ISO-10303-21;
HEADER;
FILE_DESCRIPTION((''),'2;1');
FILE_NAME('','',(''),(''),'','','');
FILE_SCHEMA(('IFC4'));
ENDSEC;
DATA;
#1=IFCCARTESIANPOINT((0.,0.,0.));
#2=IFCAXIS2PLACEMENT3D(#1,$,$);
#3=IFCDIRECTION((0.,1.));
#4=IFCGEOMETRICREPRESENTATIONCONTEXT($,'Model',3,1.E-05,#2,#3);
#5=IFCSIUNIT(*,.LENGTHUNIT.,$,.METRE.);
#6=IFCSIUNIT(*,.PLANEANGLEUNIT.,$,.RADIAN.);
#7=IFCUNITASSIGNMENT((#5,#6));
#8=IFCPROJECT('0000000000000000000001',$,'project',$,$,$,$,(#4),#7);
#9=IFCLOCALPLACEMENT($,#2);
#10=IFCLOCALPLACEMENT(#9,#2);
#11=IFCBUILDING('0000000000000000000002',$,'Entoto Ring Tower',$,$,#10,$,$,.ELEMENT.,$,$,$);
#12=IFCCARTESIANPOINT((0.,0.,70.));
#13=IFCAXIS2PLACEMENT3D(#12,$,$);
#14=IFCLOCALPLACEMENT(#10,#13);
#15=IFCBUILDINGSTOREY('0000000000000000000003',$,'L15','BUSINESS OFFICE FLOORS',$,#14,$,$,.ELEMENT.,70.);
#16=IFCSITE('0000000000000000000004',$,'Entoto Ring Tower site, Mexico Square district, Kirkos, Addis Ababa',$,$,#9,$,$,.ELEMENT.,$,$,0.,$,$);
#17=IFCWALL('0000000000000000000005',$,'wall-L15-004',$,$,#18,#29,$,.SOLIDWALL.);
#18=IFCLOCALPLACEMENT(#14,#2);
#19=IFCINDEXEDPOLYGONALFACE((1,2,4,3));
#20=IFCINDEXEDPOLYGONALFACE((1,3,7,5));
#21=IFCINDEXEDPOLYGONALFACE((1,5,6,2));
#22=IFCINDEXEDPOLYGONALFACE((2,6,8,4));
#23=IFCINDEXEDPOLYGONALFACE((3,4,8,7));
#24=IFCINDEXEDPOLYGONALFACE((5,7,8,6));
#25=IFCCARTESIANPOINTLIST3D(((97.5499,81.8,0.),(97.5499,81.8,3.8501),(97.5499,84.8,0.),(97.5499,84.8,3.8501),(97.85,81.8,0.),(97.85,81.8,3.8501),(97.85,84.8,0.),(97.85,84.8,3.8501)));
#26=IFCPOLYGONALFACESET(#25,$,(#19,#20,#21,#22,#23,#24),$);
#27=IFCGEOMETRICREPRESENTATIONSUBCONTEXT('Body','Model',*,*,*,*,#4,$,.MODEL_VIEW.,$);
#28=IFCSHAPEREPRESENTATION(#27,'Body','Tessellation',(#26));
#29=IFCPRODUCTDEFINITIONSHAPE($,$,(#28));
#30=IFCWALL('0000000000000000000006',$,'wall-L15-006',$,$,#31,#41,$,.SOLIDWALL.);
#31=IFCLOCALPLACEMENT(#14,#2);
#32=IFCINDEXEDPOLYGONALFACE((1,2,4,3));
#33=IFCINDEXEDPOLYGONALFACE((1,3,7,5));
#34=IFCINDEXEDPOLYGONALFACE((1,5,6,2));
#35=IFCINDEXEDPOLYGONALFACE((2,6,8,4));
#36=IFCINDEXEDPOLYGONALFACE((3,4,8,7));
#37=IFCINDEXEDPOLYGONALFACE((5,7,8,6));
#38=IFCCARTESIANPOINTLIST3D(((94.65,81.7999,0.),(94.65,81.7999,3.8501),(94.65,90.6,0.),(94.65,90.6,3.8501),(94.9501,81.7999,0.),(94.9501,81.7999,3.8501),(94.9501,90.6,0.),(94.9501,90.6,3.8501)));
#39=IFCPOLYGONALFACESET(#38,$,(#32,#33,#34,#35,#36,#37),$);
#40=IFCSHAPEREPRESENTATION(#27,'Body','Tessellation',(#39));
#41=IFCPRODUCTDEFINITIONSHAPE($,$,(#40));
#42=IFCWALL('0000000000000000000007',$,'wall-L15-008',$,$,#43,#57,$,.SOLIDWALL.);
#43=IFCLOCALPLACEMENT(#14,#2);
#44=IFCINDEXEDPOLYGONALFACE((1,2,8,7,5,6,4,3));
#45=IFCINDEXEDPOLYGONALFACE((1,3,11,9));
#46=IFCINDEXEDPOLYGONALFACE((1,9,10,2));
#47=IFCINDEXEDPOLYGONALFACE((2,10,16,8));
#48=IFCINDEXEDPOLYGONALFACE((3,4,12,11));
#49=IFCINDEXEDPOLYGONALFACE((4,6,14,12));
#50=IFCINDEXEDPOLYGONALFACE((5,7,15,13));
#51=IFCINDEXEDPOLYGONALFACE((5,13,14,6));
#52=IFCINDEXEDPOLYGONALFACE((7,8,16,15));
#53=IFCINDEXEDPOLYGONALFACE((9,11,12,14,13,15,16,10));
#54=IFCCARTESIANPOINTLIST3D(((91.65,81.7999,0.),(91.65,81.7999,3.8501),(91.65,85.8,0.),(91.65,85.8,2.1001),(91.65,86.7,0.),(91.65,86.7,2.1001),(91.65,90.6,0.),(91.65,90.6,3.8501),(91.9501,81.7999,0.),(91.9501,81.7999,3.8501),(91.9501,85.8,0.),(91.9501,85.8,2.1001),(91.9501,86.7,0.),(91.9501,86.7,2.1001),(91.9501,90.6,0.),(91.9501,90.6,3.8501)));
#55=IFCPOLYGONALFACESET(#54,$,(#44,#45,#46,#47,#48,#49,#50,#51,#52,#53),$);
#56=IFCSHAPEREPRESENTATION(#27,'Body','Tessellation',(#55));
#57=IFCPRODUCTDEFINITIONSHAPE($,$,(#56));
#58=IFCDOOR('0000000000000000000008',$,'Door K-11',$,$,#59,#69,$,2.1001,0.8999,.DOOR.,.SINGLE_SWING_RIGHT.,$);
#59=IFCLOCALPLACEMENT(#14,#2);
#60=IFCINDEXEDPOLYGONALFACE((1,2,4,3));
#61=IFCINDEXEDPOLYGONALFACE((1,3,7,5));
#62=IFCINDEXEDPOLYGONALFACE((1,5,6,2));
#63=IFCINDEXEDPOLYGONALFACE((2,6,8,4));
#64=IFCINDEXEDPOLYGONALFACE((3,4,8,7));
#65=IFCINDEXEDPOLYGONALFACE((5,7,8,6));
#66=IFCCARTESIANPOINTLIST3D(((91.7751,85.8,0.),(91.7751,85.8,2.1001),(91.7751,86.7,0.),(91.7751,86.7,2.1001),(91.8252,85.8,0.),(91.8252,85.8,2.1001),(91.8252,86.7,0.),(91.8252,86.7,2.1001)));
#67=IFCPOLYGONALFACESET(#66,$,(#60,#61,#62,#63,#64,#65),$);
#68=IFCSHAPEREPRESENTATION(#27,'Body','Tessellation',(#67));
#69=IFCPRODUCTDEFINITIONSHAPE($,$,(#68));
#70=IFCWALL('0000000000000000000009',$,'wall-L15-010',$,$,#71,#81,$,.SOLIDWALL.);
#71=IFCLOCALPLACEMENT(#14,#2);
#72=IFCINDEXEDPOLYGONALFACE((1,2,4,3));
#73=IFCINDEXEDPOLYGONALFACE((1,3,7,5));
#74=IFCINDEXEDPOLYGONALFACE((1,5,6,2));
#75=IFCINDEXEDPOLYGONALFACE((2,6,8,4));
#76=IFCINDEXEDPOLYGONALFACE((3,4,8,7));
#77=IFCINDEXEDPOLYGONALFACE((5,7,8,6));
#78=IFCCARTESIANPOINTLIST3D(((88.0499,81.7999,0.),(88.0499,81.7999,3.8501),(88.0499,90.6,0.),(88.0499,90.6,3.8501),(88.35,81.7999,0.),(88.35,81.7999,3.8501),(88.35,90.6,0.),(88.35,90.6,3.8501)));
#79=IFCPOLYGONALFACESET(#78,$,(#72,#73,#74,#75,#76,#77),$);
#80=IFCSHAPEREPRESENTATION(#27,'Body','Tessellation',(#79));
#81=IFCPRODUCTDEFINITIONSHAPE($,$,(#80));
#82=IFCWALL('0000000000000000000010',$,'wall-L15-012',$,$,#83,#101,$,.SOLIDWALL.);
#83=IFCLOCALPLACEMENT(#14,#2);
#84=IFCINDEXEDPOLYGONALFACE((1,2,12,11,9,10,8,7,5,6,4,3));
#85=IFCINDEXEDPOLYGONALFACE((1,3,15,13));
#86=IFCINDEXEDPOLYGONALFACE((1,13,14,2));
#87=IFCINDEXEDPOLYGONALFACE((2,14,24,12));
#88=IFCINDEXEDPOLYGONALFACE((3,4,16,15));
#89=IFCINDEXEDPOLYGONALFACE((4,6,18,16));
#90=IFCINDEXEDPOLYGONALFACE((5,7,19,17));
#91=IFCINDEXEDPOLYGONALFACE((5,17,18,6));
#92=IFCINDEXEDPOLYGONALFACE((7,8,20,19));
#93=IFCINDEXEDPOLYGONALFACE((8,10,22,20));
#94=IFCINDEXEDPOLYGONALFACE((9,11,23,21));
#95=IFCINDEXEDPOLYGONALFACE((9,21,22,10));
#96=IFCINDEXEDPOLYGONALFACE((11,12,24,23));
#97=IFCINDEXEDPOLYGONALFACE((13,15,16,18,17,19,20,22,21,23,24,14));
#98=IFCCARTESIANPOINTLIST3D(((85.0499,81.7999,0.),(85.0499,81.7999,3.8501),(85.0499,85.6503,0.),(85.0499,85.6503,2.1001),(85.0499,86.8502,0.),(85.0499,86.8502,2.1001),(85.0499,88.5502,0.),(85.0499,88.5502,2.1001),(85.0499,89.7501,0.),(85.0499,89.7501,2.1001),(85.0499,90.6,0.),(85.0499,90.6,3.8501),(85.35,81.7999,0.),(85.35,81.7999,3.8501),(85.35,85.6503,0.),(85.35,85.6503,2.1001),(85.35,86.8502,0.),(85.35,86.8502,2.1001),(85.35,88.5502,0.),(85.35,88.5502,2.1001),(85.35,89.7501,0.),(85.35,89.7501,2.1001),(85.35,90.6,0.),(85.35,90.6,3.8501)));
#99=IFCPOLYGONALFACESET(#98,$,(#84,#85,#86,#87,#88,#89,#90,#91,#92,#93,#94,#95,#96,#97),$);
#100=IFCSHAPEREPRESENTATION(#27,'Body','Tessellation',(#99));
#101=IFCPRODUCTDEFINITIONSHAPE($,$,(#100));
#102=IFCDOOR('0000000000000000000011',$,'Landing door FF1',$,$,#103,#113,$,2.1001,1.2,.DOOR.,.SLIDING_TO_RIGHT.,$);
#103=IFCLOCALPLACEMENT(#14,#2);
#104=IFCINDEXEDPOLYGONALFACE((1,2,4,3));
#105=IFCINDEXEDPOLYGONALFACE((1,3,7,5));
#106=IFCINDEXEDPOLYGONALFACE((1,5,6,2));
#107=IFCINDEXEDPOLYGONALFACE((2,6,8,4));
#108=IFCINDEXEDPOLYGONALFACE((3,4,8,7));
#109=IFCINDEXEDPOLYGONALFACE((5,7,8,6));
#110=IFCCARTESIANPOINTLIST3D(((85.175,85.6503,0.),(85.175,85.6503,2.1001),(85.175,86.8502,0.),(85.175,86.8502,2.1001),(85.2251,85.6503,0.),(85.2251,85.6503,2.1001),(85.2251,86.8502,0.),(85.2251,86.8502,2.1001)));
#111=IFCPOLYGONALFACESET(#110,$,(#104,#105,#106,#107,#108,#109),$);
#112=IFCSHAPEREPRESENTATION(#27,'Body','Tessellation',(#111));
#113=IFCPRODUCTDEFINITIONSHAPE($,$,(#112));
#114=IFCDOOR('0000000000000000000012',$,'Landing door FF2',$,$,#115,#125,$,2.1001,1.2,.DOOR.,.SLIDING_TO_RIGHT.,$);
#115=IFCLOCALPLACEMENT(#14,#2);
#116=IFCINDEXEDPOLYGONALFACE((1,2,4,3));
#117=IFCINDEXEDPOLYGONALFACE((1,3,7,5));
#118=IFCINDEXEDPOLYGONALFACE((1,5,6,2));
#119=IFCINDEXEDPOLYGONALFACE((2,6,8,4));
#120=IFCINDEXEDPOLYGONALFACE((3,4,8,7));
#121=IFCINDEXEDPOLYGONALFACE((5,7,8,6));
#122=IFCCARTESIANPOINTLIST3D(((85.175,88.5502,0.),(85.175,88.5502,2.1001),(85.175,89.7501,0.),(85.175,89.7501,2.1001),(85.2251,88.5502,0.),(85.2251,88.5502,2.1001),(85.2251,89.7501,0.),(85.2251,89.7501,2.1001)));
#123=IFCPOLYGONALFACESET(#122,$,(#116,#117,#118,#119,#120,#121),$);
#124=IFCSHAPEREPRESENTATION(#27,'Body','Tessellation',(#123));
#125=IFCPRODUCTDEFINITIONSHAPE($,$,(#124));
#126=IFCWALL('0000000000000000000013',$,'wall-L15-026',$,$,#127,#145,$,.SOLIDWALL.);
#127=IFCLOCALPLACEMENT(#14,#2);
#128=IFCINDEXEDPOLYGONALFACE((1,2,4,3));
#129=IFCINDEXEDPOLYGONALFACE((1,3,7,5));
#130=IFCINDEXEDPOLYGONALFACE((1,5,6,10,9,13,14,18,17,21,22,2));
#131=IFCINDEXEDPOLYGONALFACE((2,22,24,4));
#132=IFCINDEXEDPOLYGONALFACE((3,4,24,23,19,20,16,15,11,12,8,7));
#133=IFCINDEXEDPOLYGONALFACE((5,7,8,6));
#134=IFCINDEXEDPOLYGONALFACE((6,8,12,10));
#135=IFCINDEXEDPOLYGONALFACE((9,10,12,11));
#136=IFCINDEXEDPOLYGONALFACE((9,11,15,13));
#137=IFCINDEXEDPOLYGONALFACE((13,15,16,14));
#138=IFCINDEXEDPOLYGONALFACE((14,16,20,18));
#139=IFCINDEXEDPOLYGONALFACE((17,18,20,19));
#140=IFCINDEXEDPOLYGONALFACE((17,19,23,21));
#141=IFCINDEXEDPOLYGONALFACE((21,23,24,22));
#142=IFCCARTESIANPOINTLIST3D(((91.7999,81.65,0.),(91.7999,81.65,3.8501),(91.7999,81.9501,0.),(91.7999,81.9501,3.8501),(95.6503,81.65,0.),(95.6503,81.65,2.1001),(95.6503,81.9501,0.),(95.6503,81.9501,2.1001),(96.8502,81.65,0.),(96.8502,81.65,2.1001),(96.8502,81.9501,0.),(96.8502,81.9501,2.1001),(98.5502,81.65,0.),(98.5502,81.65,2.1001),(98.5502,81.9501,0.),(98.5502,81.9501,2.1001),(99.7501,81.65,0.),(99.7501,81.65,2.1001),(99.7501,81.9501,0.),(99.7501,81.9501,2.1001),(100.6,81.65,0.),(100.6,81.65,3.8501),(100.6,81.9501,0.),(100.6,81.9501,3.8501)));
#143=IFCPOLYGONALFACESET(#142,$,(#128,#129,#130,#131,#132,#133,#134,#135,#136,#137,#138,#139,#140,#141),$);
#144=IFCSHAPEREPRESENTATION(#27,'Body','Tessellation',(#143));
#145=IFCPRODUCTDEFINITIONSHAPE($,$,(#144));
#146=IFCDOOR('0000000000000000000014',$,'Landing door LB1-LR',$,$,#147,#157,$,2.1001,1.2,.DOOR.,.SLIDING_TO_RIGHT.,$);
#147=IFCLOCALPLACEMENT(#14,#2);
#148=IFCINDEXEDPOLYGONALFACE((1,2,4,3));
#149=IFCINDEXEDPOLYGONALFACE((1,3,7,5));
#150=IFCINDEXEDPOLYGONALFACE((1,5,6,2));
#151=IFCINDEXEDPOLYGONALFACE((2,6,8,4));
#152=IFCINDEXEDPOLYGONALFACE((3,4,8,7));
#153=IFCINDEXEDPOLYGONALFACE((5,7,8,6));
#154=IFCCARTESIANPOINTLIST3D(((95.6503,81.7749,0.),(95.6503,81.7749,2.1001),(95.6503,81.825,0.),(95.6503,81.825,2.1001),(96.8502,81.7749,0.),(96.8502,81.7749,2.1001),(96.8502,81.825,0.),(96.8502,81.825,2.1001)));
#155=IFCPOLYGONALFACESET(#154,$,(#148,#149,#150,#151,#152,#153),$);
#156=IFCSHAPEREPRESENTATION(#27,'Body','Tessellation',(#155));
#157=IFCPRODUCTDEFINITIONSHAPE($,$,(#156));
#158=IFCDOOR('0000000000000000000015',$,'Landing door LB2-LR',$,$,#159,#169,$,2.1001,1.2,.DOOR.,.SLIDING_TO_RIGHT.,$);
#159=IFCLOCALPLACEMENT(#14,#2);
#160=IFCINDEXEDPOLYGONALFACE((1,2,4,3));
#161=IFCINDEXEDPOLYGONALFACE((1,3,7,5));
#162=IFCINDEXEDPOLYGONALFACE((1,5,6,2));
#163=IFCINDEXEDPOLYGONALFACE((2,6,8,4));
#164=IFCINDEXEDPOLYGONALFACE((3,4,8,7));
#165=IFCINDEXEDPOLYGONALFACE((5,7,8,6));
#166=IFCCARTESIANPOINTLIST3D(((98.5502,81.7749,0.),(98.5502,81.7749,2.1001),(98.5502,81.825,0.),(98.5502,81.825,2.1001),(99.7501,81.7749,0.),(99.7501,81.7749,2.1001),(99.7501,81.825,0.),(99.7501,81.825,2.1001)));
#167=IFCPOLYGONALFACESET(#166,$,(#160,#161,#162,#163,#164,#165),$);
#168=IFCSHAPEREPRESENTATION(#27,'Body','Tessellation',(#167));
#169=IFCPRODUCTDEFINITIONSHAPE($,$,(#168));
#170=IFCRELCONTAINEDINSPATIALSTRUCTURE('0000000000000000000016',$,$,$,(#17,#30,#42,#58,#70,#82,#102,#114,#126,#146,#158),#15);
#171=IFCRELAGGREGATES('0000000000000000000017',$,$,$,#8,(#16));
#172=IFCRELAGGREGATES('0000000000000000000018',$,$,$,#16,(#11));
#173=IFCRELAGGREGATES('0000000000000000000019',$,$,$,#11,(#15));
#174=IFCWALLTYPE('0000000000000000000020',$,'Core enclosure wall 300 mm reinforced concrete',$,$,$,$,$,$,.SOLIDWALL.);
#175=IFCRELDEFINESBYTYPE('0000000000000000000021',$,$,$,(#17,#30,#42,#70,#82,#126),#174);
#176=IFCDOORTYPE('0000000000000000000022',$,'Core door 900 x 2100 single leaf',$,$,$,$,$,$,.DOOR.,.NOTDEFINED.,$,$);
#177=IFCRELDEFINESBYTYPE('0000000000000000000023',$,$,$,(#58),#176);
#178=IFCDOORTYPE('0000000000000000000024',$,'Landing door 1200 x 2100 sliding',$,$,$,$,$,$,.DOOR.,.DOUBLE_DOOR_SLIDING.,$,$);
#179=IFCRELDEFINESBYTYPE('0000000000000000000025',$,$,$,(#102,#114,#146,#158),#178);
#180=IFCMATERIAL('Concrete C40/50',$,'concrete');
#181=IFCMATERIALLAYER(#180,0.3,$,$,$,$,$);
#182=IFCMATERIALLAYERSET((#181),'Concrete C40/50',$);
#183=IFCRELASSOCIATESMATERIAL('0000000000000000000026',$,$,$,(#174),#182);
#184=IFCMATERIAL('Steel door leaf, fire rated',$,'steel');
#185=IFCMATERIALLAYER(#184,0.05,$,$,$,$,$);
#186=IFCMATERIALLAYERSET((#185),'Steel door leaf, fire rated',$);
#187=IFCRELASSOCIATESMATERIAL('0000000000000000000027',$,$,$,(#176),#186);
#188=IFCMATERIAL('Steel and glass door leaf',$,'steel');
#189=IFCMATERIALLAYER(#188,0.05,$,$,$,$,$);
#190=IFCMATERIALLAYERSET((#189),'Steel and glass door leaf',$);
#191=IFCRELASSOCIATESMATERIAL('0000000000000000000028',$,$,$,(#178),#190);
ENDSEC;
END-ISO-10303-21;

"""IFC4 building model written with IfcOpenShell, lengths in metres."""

from ifc_helpers import new_model, si_unit, direction, frame, frame_2d, origin, place, context, subcontext, project, spatial, rectangle, extrude, material, layer, layer_set, type_object, element, fill, save


model = new_model("IFC4")

# Units and contexts
model_context = context("Model", 3, precision=1e-05, world=origin(), true_north=direction((0.0, 1.0)))
body_context = subcontext(model_context, "Body", "Model", "MODEL_VIEW")
ifc_project = project(units=[si_unit("LENGTHUNIT", "METRE"), si_unit("PLANEANGLEUNIT", "RADIAN")], contexts=[model_context])

# Site, building, storey
site_placement = place(None, origin())
site = spatial("IfcSite", under=ifc_project, at=site_placement, Name="Entoto Ring Tower site, Mexico Square district, Kirkos, Addis Ababa", CompositionType="ELEMENT", RefElevation=0.0)
building_placement = place(site_placement, origin())
building = spatial("IfcBuilding", under=site, at=building_placement, Name="Entoto Ring Tower", CompositionType="ELEMENT")
storey_placement = place(building_placement, frame((0.0, 0.0, 70.0)))
storey = spatial("IfcBuildingStorey", under=building, at=storey_placement, Name="L15", Description="BUSINESS OFFICE FLOORS", CompositionType="ELEMENT", Elevation=70.0)

# Walls
ifc_material_1 = material(Name="Concrete C40/50", Category="concrete")
ifc_layer_1 = layer(ifc_material_1, 0.3)
ifc_layer_set_1 = layer_set([ifc_layer_1], Name="Concrete C40/50")
wall_type = type_object("IfcWallType", Name="Core enclosure wall 300 mm reinforced concrete", PredefinedType="SOLIDWALL", material=ifc_layer_set_1)
wall_1_placement = place(storey_placement, frame((97.7, 81.8, 0.0), z_axis=(0.0, 0.0, 1.0), x_axis=(0.0, 1.0, 0.0)))
element("IfcWall", 1, at=wall_1_placement, inside=storey, type_object=wall_type, Name="wall-L15-004", PredefinedType="SOLIDWALL", context=body_context, shape_type="SweptSolid", body=[
    extrude(rectangle(XDim=3.0, YDim=0.3, at=frame_2d((1.5, 0.0))), origin(), (0.0, 0.0, 1.0), 3.8501),
])
wall_2_placement = place(storey_placement, frame((94.8, 81.8, 0.0), z_axis=(0.0, 0.0, 1.0), x_axis=(0.0, 1.0, 0.0)))
element("IfcWall", 2, at=wall_2_placement, inside=storey, type_object=wall_type, Name="wall-L15-006", PredefinedType="SOLIDWALL", context=body_context, shape_type="SweptSolid", body=[
    extrude(rectangle(XDim=8.8, YDim=0.3, at=frame_2d((4.3999, 0.0))), origin(), (0.0, 0.0, 1.0), 3.8501),
])

# Wall, opening, door
wall_3_placement = place(storey_placement, frame((91.8, 81.8, 0.0), z_axis=(0.0, 0.0, 1.0), x_axis=(0.0, 1.0, 0.0)))
wall_3 = element("IfcWall", 3, at=wall_3_placement, inside=storey, type_object=wall_type, Name="wall-L15-008", PredefinedType="SOLIDWALL", context=body_context, shape_type="SweptSolid", body=[
    extrude(rectangle(XDim=8.8, YDim=0.3, at=frame_2d((4.3999, 0.0))), origin(), (0.0, 0.0, 1.0), 3.8501),
])
opening_1_placement = place(wall_3_placement, frame((4.0, 0.0, 0.0)))
opening_1 = element("IfcOpeningElement", 4, at=opening_1_placement, cuts=wall_3, PredefinedType="OPENING", context=body_context, shape_type="SweptSolid", body=[
    extrude(rectangle(XDim=0.8999, YDim=2.1001, at=frame_2d((0.45, 1.05))), frame((0.0, 0.1602, 0.0), z_axis=(0.0, -1.0, 0.0), x_axis=(1.0, 0.0, 0.0)), (0.0, 0.0, 1.0), 0.3201),
])
ifc_material_2 = material(Name="Steel door leaf, fire rated", Category="steel")
ifc_layer_2 = layer(ifc_material_2, 0.05)
ifc_layer_set_2 = layer_set([ifc_layer_2], Name="Steel door leaf, fire rated")
door_type_1 = type_object("IfcDoorType", Name="Core door 900 x 2100 single leaf", OperationType="NOTDEFINED", PredefinedType="DOOR", material=ifc_layer_set_2)
door_1_placement = place(opening_1_placement, origin())
door_1 = element("IfcDoor", 5, at=door_1_placement, inside=storey, type_object=door_type_1, Name="Door K-11", OperationType="SINGLE_SWING_RIGHT", OverallHeight=2.1001, OverallWidth=0.8999, PredefinedType="DOOR", context=body_context, shape_type="SweptSolid", body=[
    extrude(rectangle(XDim=0.8999, YDim=2.1001, at=frame_2d((0.45, 1.05))), frame((0.0, 0.0249, 0.0), z_axis=(0.0, -1.0, 0.0), x_axis=(1.0, 0.0, 0.0)), (0.0, 0.0, 1.0), 0.05),
])
fill(opening_1, door_1)

# Wall
wall_4_placement = place(storey_placement, frame((88.2, 81.8, 0.0), z_axis=(0.0, 0.0, 1.0), x_axis=(0.0, 1.0, 0.0)))
element("IfcWall", 6, at=wall_4_placement, inside=storey, type_object=wall_type, Name="wall-L15-010", PredefinedType="SOLIDWALL", context=body_context, shape_type="SweptSolid", body=[
    extrude(rectangle(XDim=8.8, YDim=0.3, at=frame_2d((4.3999, 0.0))), origin(), (0.0, 0.0, 1.0), 3.8501),
])

# Walls, openings, doors
wall_5_placement = place(storey_placement, frame((85.2, 81.8, 0.0), z_axis=(0.0, 0.0, 1.0), x_axis=(0.0, 1.0, 0.0)))
wall_5 = element("IfcWall", 7, at=wall_5_placement, inside=storey, type_object=wall_type, Name="wall-L15-012", PredefinedType="SOLIDWALL", context=body_context, shape_type="SweptSolid", body=[
    extrude(rectangle(XDim=8.8, YDim=0.3, at=frame_2d((4.3999, 0.0))), origin(), (0.0, 0.0, 1.0), 3.8501),
])
opening_2_placement = place(wall_5_placement, frame((3.8501, 0.0, 0.0)))
opening_2 = element("IfcOpeningElement", 8, at=opening_2_placement, cuts=wall_5, PredefinedType="OPENING", context=body_context, shape_type="SweptSolid", body=[
    extrude(rectangle(XDim=1.2, YDim=2.1001, at=frame_2d((0.6001, 1.05))), frame((0.0, 0.1602, 0.0), z_axis=(0.0, -1.0, 0.0), x_axis=(1.0, 0.0, 0.0)), (0.0, 0.0, 1.0), 0.3201),
])
opening_3_placement = place(wall_5_placement, frame((6.75, 0.0, 0.0)))
opening_3 = element("IfcOpeningElement", 9, at=opening_3_placement, cuts=wall_5, PredefinedType="OPENING", context=body_context, shape_type="SweptSolid", body=[
    extrude(rectangle(XDim=1.2, YDim=2.1001, at=frame_2d((0.6001, 1.05))), frame((0.0, 0.1602, 0.0), z_axis=(0.0, -1.0, 0.0), x_axis=(1.0, 0.0, 0.0)), (0.0, 0.0, 1.0), 0.3201),
])
ifc_material_3 = material(Name="Steel and glass door leaf", Category="steel")
ifc_layer_3 = layer(ifc_material_3, 0.05)
ifc_layer_set_3 = layer_set([ifc_layer_3], Name="Steel and glass door leaf")
door_type_2 = type_object("IfcDoorType", Name="Landing door 1200 x 2100 sliding", OperationType="DOUBLE_DOOR_SLIDING", PredefinedType="DOOR", material=ifc_layer_set_3)
door_2_placement = place(opening_2_placement, origin())
door_2 = element("IfcDoor", 10, at=door_2_placement, inside=storey, type_object=door_type_2, Name="Landing door FF1", OperationType="SLIDING_TO_RIGHT", OverallHeight=2.1001, OverallWidth=1.2, PredefinedType="DOOR", context=body_context, shape_type="SweptSolid", body=[
    extrude(rectangle(XDim=1.2, YDim=2.1001, at=frame_2d((0.6001, 1.05))), frame((0.0, 0.0249, 0.0), z_axis=(0.0, -1.0, 0.0), x_axis=(1.0, 0.0, 0.0)), (0.0, 0.0, 1.0), 0.05),
])
fill(opening_2, door_2)
door_3_placement = place(opening_3_placement, origin())
door_3 = element("IfcDoor", 11, at=door_3_placement, inside=storey, type_object=door_type_2, Name="Landing door FF2", OperationType="SLIDING_TO_RIGHT", OverallHeight=2.1001, OverallWidth=1.2, PredefinedType="DOOR", context=body_context, shape_type="SweptSolid", body=[
    extrude(rectangle(XDim=1.2, YDim=2.1001, at=frame_2d((0.6001, 1.05))), frame((0.0, 0.0249, 0.0), z_axis=(0.0, -1.0, 0.0), x_axis=(1.0, 0.0, 0.0)), (0.0, 0.0, 1.0), 0.05),
])
fill(opening_3, door_3)
wall_6_placement = place(storey_placement, frame((91.8, 81.8, 0.0), z_axis=(0.0, 0.0, 1.0), x_axis=(1.0, 0.0, 0.0)))
wall_6 = element("IfcWall", 12, at=wall_6_placement, inside=storey, type_object=wall_type, Name="wall-L15-026", PredefinedType="SOLIDWALL", context=body_context, shape_type="SweptSolid", body=[
    extrude(rectangle(XDim=8.8, YDim=0.3, at=frame_2d((4.3999, 0.0))), origin(), (0.0, 0.0, 1.0), 3.8501),
])
opening_4_placement = place(wall_6_placement, frame((3.8501, 0.0, 0.0)))
opening_4 = element("IfcOpeningElement", 13, at=opening_4_placement, cuts=wall_6, PredefinedType="OPENING", context=body_context, shape_type="SweptSolid", body=[
    extrude(rectangle(XDim=1.2, YDim=2.1001, at=frame_2d((0.6001, 1.05))), frame((0.0, 0.1602, 0.0), z_axis=(0.0, -1.0, 0.0), x_axis=(1.0, 0.0, 0.0)), (0.0, 0.0, 1.0), 0.3201),
])
opening_5_placement = place(wall_6_placement, frame((6.75, 0.0, 0.0)))
opening_5 = element("IfcOpeningElement", 14, at=opening_5_placement, cuts=wall_6, PredefinedType="OPENING", context=body_context, shape_type="SweptSolid", body=[
    extrude(rectangle(XDim=1.2, YDim=2.1001, at=frame_2d((0.6001, 1.05))), frame((0.0, 0.1602, 0.0), z_axis=(0.0, -1.0, 0.0), x_axis=(1.0, 0.0, 0.0)), (0.0, 0.0, 1.0), 0.3201),
])
door_4_placement = place(opening_4_placement, origin())
door_4 = element("IfcDoor", 15, at=door_4_placement, inside=storey, type_object=door_type_2, Name="Landing door LB1-LR", OperationType="SLIDING_TO_RIGHT", OverallHeight=2.1001, OverallWidth=1.2, PredefinedType="DOOR", context=body_context, shape_type="SweptSolid", body=[
    extrude(rectangle(XDim=1.2, YDim=2.1001, at=frame_2d((0.6001, 1.05))), frame((0.0, 0.0249, 0.0), z_axis=(0.0, -1.0, 0.0), x_axis=(1.0, 0.0, 0.0)), (0.0, 0.0, 1.0), 0.05),
])
fill(opening_4, door_4)
door_5_placement = place(opening_5_placement, origin())
door_5 = element("IfcDoor", 16, at=door_5_placement, inside=storey, type_object=door_type_2, Name="Landing door LB2-LR", OperationType="SLIDING_TO_RIGHT", OverallHeight=2.1001, OverallWidth=1.2, PredefinedType="DOOR", context=body_context, shape_type="SweptSolid", body=[
    extrude(rectangle(XDim=1.2, YDim=2.1001, at=frame_2d((0.6001, 1.05))), frame((0.0, 0.0249, 0.0), z_axis=(0.0, -1.0, 0.0), x_axis=(1.0, 0.0, 0.0)), (0.0, 0.0, 1.0), 0.05),
])
fill(opening_5, door_5)

save(model, "model.ifc")
